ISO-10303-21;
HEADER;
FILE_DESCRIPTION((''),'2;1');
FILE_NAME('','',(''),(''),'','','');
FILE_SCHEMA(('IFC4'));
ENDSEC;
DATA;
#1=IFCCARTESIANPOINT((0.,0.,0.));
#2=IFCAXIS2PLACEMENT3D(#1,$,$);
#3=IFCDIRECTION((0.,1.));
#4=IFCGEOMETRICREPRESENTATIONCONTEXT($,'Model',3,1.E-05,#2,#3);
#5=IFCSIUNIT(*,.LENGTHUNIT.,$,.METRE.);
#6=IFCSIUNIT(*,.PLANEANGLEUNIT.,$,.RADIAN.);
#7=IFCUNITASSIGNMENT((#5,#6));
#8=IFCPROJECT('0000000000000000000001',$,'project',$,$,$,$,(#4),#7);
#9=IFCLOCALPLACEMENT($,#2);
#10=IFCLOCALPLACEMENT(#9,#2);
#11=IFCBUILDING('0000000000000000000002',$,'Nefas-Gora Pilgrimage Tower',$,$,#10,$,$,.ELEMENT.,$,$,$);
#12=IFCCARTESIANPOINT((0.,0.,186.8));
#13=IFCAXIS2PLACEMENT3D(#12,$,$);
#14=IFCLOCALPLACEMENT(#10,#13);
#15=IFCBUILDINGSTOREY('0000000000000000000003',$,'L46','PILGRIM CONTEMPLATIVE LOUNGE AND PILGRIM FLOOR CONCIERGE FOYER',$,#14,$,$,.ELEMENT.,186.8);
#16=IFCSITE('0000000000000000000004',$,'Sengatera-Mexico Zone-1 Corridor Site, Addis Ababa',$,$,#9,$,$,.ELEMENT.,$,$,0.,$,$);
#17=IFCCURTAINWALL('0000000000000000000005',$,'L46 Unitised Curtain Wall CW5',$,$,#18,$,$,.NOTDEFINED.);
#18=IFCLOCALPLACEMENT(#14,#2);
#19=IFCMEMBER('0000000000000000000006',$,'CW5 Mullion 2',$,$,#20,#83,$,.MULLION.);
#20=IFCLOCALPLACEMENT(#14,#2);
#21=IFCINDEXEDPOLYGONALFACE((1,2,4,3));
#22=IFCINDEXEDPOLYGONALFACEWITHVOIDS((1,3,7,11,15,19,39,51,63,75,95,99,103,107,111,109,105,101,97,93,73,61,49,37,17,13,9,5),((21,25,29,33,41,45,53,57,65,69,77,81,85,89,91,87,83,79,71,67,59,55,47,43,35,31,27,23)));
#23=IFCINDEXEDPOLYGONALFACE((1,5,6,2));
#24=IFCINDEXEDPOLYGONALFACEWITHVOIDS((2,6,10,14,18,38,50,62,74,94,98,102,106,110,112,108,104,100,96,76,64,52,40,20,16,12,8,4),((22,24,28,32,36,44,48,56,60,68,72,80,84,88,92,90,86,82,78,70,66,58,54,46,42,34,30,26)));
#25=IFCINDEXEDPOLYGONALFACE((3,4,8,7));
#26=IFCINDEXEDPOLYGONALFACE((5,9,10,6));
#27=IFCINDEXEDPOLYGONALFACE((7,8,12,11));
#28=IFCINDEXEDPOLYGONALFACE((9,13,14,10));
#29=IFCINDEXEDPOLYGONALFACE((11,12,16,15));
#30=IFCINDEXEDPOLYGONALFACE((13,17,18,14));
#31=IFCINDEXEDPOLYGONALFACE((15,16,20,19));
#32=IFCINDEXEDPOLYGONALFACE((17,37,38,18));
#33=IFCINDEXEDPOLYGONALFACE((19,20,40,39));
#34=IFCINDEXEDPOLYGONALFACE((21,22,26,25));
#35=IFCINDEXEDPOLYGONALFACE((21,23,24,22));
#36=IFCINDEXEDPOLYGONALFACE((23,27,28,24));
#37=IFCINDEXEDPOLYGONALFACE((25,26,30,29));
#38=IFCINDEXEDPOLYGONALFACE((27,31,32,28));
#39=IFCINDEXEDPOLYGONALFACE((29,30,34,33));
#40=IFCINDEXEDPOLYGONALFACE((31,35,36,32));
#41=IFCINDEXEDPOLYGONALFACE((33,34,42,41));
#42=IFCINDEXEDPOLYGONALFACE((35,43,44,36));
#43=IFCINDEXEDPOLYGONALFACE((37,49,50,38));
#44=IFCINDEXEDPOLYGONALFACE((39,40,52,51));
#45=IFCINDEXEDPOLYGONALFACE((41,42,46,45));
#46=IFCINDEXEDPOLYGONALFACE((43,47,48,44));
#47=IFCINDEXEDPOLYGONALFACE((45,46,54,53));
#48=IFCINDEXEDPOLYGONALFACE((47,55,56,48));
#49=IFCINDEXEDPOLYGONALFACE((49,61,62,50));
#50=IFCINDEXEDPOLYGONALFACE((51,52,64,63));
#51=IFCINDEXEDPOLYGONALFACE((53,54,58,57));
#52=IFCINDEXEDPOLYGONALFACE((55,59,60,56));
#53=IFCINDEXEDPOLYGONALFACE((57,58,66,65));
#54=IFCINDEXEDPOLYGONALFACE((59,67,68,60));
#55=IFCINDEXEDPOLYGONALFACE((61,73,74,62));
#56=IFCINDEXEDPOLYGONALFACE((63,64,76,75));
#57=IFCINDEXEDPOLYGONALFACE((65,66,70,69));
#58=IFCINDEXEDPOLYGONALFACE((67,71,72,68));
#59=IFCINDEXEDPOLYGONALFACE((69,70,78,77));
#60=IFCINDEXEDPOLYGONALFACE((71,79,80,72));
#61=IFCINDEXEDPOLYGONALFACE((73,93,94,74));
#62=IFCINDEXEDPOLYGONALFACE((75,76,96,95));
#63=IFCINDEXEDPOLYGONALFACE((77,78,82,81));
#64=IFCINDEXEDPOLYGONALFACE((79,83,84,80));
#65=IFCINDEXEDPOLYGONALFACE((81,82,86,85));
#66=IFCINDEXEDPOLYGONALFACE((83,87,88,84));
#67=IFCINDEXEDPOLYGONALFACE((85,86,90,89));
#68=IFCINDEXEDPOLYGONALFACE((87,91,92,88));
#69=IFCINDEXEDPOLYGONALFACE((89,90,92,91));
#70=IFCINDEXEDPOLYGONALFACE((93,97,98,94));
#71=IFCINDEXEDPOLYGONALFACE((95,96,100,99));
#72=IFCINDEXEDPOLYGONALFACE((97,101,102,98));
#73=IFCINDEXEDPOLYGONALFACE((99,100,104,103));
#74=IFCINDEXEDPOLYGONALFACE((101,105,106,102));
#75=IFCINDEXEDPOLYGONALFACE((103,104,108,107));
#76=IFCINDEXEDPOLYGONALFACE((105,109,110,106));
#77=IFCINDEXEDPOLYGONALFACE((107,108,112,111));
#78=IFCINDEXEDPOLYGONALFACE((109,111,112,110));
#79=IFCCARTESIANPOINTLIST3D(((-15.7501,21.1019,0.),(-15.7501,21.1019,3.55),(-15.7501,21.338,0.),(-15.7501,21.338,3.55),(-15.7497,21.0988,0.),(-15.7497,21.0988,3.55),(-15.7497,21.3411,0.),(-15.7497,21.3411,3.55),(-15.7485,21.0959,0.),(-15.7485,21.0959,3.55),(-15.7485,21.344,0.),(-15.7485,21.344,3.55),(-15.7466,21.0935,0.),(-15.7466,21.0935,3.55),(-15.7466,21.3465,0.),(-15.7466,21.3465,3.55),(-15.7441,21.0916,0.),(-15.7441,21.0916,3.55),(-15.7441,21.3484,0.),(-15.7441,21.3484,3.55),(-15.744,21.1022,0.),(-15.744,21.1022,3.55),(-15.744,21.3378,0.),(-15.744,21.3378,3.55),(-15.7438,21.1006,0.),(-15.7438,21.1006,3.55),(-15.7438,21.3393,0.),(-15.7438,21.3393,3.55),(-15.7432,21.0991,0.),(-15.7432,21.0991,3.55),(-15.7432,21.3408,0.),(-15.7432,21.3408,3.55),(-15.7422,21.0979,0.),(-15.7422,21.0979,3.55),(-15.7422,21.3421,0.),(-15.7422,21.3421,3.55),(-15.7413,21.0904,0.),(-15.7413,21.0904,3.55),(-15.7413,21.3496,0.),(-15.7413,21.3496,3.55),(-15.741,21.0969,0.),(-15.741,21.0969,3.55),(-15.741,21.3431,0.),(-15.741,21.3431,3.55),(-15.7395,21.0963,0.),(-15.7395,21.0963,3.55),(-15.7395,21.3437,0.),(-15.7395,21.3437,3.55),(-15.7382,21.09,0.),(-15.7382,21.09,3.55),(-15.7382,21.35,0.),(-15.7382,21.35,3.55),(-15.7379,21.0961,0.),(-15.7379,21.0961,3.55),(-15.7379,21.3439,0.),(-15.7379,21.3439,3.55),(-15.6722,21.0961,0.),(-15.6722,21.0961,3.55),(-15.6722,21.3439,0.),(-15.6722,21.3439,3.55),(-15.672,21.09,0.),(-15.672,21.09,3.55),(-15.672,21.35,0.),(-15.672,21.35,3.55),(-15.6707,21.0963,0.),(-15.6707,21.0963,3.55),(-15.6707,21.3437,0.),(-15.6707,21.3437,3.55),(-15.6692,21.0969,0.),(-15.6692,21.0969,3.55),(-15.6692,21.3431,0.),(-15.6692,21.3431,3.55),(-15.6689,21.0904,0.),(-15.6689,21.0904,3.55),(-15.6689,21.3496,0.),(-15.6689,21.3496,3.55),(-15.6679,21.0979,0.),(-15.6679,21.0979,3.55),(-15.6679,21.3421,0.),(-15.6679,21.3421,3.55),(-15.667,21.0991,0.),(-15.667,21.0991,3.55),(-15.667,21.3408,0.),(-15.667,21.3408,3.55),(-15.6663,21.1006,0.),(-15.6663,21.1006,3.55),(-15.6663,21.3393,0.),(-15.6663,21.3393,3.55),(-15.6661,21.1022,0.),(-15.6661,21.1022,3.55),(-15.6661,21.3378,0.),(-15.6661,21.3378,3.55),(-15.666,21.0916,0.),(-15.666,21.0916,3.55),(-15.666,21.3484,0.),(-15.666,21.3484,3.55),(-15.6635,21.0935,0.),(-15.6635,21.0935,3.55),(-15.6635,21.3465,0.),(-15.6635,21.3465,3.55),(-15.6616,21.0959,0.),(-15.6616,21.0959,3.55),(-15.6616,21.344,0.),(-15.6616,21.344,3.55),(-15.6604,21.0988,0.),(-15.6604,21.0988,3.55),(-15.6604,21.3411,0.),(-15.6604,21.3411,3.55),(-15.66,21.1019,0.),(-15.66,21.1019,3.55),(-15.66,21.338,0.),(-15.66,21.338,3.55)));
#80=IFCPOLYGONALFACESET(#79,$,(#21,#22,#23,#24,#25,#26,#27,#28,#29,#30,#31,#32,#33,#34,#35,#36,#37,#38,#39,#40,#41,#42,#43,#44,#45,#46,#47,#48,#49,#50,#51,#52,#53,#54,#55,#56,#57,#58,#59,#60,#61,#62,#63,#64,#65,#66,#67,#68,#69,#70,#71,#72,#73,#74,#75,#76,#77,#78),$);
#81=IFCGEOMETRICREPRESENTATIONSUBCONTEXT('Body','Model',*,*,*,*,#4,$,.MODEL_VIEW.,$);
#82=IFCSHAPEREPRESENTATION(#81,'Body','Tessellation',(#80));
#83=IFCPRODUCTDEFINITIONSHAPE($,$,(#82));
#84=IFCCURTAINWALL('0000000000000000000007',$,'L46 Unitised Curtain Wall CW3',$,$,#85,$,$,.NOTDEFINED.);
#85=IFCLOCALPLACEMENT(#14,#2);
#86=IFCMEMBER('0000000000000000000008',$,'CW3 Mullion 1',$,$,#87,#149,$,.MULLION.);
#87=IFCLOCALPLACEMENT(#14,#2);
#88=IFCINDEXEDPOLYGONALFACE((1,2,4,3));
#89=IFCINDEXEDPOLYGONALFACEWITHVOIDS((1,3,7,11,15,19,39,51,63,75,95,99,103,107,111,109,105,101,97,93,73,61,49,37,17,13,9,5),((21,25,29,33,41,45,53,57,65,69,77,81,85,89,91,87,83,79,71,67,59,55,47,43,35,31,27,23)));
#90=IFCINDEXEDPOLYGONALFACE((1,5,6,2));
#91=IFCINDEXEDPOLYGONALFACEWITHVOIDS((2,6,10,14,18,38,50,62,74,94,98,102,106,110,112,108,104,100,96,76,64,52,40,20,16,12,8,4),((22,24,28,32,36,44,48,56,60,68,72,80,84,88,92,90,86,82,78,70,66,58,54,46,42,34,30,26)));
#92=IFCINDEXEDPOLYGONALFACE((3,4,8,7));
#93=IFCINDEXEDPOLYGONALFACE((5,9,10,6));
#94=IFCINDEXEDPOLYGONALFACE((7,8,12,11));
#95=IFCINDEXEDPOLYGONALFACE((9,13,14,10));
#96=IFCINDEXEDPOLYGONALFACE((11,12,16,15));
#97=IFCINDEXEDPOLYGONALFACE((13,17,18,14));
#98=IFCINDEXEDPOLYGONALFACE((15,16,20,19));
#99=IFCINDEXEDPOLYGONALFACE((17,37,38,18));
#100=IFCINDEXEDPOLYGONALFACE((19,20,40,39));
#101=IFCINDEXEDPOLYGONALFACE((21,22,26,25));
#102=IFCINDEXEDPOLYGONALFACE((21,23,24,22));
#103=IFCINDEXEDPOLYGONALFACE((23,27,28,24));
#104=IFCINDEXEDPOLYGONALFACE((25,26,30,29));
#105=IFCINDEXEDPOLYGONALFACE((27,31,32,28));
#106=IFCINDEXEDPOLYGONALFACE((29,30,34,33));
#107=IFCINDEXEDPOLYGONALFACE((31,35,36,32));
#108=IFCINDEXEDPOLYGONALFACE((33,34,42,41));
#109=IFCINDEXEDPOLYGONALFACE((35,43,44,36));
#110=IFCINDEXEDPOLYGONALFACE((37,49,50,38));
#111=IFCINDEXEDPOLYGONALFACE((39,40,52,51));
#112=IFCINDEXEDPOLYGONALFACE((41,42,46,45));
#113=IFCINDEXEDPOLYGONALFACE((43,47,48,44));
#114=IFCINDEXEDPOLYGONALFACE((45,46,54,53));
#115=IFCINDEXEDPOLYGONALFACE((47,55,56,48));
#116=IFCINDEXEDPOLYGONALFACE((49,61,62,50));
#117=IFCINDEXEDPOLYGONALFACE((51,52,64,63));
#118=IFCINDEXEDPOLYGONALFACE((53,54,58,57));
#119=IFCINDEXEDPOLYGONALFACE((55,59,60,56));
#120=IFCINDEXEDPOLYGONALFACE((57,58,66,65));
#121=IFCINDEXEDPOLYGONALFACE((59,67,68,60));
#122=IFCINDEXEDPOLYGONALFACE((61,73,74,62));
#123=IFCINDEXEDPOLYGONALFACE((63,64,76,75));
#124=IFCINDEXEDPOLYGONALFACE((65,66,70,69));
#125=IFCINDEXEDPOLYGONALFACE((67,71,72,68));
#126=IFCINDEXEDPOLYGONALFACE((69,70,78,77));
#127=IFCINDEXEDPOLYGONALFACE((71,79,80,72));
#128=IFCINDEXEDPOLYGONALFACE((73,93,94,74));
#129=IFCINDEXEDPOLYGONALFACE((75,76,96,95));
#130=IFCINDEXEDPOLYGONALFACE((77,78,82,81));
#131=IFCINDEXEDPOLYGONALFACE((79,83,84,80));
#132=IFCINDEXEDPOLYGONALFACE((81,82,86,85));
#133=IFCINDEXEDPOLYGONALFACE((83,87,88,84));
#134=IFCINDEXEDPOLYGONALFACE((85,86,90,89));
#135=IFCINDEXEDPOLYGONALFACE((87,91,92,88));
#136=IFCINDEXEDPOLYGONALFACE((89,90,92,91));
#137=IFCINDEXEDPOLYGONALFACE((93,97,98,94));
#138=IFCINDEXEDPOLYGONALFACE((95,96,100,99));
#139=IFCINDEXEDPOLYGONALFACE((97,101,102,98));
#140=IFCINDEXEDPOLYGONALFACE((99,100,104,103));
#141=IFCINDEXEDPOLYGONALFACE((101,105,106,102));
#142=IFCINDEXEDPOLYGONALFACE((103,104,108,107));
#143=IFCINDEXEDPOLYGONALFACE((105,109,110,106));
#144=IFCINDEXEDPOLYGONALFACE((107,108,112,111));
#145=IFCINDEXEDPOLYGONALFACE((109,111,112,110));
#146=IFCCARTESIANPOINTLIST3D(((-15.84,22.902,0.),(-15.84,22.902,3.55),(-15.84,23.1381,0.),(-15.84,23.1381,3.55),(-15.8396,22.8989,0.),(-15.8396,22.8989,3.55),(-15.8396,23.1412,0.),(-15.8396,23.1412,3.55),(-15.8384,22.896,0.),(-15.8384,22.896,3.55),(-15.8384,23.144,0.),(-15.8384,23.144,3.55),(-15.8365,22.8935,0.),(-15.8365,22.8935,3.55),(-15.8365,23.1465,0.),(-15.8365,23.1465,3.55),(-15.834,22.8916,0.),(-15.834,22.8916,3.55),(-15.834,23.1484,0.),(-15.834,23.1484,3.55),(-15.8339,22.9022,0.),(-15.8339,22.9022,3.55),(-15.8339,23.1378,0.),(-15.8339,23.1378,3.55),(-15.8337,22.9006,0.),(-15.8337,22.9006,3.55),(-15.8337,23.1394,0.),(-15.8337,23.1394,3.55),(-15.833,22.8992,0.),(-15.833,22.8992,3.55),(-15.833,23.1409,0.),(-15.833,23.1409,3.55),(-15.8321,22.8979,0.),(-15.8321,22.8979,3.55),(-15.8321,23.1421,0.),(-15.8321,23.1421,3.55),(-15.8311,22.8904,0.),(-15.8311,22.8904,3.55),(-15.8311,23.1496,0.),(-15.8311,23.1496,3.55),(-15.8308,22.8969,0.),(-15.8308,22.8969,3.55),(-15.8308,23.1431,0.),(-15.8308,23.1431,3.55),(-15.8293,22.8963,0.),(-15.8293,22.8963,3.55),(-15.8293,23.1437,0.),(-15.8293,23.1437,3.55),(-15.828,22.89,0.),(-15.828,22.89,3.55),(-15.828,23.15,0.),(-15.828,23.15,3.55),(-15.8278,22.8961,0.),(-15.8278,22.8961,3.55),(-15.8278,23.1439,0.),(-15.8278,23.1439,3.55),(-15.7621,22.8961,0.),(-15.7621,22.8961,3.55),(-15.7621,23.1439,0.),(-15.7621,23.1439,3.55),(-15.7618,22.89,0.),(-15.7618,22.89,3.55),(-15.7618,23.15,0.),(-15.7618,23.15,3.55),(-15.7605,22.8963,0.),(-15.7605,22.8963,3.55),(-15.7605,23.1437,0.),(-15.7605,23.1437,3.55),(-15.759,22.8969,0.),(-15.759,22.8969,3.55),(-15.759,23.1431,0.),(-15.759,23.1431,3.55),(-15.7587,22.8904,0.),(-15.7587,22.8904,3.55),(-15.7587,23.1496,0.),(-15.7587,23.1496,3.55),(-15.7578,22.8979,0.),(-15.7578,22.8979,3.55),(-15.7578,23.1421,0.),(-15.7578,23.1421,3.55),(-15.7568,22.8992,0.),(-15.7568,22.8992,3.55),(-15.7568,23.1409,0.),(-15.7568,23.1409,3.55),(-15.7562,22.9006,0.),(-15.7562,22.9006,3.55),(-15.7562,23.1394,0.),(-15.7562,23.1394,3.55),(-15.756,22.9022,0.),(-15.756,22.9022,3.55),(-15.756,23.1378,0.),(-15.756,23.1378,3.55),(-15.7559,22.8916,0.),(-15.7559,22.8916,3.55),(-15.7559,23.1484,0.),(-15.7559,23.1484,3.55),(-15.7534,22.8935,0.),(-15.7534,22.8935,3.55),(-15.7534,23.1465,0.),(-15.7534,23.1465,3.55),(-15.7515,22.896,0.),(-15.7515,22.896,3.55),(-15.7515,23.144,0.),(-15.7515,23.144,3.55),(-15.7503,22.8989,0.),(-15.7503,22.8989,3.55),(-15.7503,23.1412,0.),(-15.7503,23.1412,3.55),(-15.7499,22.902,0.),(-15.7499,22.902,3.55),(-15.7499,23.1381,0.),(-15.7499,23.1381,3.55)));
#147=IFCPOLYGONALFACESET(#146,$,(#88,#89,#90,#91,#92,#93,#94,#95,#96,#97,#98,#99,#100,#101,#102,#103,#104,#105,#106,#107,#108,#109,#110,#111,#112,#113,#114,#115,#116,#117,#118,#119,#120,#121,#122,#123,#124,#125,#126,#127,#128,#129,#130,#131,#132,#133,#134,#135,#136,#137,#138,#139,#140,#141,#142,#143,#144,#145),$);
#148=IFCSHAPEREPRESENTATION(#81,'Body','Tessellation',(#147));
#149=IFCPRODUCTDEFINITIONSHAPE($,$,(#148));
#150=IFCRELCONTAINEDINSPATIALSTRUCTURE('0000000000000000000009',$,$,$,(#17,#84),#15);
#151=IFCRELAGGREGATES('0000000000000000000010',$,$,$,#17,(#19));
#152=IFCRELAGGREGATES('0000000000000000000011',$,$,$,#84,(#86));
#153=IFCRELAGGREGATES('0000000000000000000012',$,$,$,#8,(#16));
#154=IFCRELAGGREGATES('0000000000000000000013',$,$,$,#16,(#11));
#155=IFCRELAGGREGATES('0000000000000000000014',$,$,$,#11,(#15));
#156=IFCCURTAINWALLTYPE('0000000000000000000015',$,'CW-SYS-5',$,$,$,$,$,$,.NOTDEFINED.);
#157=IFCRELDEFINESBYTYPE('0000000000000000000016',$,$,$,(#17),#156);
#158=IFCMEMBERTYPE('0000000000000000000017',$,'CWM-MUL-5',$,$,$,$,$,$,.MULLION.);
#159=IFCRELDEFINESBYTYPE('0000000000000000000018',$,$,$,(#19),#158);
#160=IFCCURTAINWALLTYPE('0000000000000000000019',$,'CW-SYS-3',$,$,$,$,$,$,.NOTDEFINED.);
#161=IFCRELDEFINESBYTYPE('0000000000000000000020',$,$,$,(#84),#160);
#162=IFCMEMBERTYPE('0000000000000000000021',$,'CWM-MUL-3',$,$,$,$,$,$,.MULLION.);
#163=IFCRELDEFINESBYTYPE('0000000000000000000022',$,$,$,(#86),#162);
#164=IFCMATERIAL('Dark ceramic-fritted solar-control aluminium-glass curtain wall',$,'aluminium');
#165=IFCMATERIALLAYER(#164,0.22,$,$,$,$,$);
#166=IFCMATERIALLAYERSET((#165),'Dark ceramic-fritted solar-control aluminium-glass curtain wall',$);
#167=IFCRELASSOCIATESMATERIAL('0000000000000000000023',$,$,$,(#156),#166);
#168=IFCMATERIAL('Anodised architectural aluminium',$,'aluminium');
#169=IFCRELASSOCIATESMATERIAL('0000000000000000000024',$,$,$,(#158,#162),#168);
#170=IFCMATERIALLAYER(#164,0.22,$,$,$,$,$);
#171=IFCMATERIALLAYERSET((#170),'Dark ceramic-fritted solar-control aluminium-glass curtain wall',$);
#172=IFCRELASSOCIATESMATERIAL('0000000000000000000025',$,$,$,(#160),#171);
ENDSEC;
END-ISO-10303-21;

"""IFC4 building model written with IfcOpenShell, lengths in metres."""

from ifc_helpers import new_model, si_unit, direction, frame, origin, origin_2d, place, context, subcontext, project, spatial, hollow_rectangle, extrude, source, transform, mapped, material, layer, layer_set, material_profile, profile_set, type_object, element, aggregate, save


model = new_model("IFC4")

# Units and contexts
model_context = context("Model", 3, precision=1e-05, world=origin(), true_north=direction((0.0, 1.0)))
body_context = subcontext(model_context, "Body", "Model", "MODEL_VIEW")
ifc_project = project(units=[si_unit("LENGTHUNIT", "METRE"), si_unit("PLANEANGLEUNIT", "RADIAN")], contexts=[model_context])

# Site, building, storey
site_placement = place(None, origin())
site = spatial("IfcSite", under=ifc_project, at=site_placement, Name="Sengatera-Mexico Zone-1 Corridor Site, Addis Ababa", CompositionType="ELEMENT", RefElevation=0.0)
building_placement = place(site_placement, origin())
building = spatial("IfcBuilding", under=site, at=building_placement, Name="Nefas-Gora Pilgrimage Tower", CompositionType="ELEMENT")
storey_placement = place(building_placement, frame((0.0, 0.0, 186.8)))
storey = spatial("IfcBuildingStorey", under=building, at=storey_placement, Name="L46", Description="PILGRIM CONTEMPLATIVE LOUNGE AND PILGRIM FLOOR CONCIERGE FOYER", CompositionType="ELEMENT", Elevation=186.8)

# Curtain wall, member
ifc_material_1 = material(Name="Dark ceramic-fritted solar-control aluminium-glass curtain wall", Category="aluminium")
ifc_layer_1 = layer(ifc_material_1, 0.22)
ifc_layer_set_1 = layer_set([ifc_layer_1], Name="Dark ceramic-fritted solar-control aluminium-glass curtain wall")
curtain_wall_type_1 = type_object("IfcCurtainWallType", Name="CW-SYS-5", PredefinedType="NOTDEFINED", material=ifc_layer_set_1)
curtain_wall_1_placement = place(storey_placement, origin())
curtain_wall_1 = element("IfcCurtainWall", 1, at=curtain_wall_1_placement, inside=storey, type_object=curtain_wall_type_1, Name="L46 Unitised Curtain Wall CW5", PredefinedType="NOTDEFINED")
ifc_material_2 = material(Name="Anodised architectural aluminium", Category="aluminium")
ifc_material_profile_1 = material_profile(ifc_material_2, hollow_rectangle(XDim=0.0901, YDim=0.26, WallThickness=0.0061, InnerFilletRadius=0.0061, OuterFilletRadius=0.012, at=origin_2d()), Name="ALU MULLION 90x260")
ifc_profile_set_1 = profile_set([ifc_material_profile_1], Name="Anodised architectural aluminium")
member_type_1 = type_object("IfcMemberType", Name="CWM-MUL-5", PredefinedType="MULLION", material=ifc_profile_set_1)
shared_shape_1 = source(origin(), body_context, "Body", "SweptSolid", [
    extrude(hollow_rectangle(XDim=0.0901, YDim=0.26, WallThickness=0.0061, InnerFilletRadius=0.0061, OuterFilletRadius=0.012, at=origin_2d()), origin(), (0.0, 0.0, 1.0), 3.55),
])
member_1_placement = place(storey_placement, frame((-15.7051, 21.22, 0.0), z_axis=(0.0, 0.0, 1.0), x_axis=(-1.0, 0.0, 0.0)))
member_1 = element("IfcMember", 2, at=member_1_placement, type_object=member_type_1, Name="CW5 Mullion 2", PredefinedType="MULLION", context=body_context, shape_type="MappedRepresentation", body=[
    mapped(shared_shape_1, transform((0.0, 0.0, 0.0), x_axis=(1.0, 0.0, 0.0), y_axis=(0.0, 1.0, 0.0), z_axis=(0.0, 0.0, 1.0), scale=1.0)),
])

# Curtain wall, member
ifc_layer_2 = layer(ifc_material_1, 0.22)
ifc_layer_set_2 = layer_set([ifc_layer_2], Name="Dark ceramic-fritted solar-control aluminium-glass curtain wall")
curtain_wall_type_2 = type_object("IfcCurtainWallType", Name="CW-SYS-3", PredefinedType="NOTDEFINED", material=ifc_layer_set_2)
curtain_wall_2_placement = place(storey_placement, origin())
curtain_wall_2 = element("IfcCurtainWall", 3, at=curtain_wall_2_placement, inside=storey, type_object=curtain_wall_type_2, Name="L46 Unitised Curtain Wall CW3", PredefinedType="NOTDEFINED")
ifc_material_profile_2 = material_profile(ifc_material_2, hollow_rectangle(XDim=0.0901, YDim=0.26, WallThickness=0.0061, InnerFilletRadius=0.0061, OuterFilletRadius=0.012, at=origin_2d()), Name="ALU MULLION 90x260")
ifc_profile_set_2 = profile_set([ifc_material_profile_2], Name="Anodised architectural aluminium")
member_type_2 = type_object("IfcMemberType", Name="CWM-MUL-3", PredefinedType="MULLION", material=ifc_profile_set_2)
shared_shape_2 = source(origin(), body_context, "Body", "SweptSolid", [
    extrude(hollow_rectangle(XDim=0.0901, YDim=0.26, WallThickness=0.0061, InnerFilletRadius=0.0061, OuterFilletRadius=0.012, at=origin_2d()), origin(), (0.0, 0.0, 1.0), 3.55),
])
member_2_placement = place(storey_placement, frame((-15.7949, 23.02, 0.0), z_axis=(0.0, 0.0, 1.0), x_axis=(-1.0, 0.0, 0.0)))
member_2 = element("IfcMember", 4, at=member_2_placement, type_object=member_type_2, Name="CW3 Mullion 1", PredefinedType="MULLION", context=body_context, shape_type="MappedRepresentation", body=[
    mapped(shared_shape_2, transform((0.0, 0.0, 0.0), x_axis=(1.0, 0.0, 0.0), y_axis=(0.0, 1.0, 0.0), z_axis=(0.0, 0.0, 1.0), scale=1.0)),
])

aggregate(curtain_wall_1, [member_1])
aggregate(curtain_wall_2, [member_2])

save(model, "model.ifc")
